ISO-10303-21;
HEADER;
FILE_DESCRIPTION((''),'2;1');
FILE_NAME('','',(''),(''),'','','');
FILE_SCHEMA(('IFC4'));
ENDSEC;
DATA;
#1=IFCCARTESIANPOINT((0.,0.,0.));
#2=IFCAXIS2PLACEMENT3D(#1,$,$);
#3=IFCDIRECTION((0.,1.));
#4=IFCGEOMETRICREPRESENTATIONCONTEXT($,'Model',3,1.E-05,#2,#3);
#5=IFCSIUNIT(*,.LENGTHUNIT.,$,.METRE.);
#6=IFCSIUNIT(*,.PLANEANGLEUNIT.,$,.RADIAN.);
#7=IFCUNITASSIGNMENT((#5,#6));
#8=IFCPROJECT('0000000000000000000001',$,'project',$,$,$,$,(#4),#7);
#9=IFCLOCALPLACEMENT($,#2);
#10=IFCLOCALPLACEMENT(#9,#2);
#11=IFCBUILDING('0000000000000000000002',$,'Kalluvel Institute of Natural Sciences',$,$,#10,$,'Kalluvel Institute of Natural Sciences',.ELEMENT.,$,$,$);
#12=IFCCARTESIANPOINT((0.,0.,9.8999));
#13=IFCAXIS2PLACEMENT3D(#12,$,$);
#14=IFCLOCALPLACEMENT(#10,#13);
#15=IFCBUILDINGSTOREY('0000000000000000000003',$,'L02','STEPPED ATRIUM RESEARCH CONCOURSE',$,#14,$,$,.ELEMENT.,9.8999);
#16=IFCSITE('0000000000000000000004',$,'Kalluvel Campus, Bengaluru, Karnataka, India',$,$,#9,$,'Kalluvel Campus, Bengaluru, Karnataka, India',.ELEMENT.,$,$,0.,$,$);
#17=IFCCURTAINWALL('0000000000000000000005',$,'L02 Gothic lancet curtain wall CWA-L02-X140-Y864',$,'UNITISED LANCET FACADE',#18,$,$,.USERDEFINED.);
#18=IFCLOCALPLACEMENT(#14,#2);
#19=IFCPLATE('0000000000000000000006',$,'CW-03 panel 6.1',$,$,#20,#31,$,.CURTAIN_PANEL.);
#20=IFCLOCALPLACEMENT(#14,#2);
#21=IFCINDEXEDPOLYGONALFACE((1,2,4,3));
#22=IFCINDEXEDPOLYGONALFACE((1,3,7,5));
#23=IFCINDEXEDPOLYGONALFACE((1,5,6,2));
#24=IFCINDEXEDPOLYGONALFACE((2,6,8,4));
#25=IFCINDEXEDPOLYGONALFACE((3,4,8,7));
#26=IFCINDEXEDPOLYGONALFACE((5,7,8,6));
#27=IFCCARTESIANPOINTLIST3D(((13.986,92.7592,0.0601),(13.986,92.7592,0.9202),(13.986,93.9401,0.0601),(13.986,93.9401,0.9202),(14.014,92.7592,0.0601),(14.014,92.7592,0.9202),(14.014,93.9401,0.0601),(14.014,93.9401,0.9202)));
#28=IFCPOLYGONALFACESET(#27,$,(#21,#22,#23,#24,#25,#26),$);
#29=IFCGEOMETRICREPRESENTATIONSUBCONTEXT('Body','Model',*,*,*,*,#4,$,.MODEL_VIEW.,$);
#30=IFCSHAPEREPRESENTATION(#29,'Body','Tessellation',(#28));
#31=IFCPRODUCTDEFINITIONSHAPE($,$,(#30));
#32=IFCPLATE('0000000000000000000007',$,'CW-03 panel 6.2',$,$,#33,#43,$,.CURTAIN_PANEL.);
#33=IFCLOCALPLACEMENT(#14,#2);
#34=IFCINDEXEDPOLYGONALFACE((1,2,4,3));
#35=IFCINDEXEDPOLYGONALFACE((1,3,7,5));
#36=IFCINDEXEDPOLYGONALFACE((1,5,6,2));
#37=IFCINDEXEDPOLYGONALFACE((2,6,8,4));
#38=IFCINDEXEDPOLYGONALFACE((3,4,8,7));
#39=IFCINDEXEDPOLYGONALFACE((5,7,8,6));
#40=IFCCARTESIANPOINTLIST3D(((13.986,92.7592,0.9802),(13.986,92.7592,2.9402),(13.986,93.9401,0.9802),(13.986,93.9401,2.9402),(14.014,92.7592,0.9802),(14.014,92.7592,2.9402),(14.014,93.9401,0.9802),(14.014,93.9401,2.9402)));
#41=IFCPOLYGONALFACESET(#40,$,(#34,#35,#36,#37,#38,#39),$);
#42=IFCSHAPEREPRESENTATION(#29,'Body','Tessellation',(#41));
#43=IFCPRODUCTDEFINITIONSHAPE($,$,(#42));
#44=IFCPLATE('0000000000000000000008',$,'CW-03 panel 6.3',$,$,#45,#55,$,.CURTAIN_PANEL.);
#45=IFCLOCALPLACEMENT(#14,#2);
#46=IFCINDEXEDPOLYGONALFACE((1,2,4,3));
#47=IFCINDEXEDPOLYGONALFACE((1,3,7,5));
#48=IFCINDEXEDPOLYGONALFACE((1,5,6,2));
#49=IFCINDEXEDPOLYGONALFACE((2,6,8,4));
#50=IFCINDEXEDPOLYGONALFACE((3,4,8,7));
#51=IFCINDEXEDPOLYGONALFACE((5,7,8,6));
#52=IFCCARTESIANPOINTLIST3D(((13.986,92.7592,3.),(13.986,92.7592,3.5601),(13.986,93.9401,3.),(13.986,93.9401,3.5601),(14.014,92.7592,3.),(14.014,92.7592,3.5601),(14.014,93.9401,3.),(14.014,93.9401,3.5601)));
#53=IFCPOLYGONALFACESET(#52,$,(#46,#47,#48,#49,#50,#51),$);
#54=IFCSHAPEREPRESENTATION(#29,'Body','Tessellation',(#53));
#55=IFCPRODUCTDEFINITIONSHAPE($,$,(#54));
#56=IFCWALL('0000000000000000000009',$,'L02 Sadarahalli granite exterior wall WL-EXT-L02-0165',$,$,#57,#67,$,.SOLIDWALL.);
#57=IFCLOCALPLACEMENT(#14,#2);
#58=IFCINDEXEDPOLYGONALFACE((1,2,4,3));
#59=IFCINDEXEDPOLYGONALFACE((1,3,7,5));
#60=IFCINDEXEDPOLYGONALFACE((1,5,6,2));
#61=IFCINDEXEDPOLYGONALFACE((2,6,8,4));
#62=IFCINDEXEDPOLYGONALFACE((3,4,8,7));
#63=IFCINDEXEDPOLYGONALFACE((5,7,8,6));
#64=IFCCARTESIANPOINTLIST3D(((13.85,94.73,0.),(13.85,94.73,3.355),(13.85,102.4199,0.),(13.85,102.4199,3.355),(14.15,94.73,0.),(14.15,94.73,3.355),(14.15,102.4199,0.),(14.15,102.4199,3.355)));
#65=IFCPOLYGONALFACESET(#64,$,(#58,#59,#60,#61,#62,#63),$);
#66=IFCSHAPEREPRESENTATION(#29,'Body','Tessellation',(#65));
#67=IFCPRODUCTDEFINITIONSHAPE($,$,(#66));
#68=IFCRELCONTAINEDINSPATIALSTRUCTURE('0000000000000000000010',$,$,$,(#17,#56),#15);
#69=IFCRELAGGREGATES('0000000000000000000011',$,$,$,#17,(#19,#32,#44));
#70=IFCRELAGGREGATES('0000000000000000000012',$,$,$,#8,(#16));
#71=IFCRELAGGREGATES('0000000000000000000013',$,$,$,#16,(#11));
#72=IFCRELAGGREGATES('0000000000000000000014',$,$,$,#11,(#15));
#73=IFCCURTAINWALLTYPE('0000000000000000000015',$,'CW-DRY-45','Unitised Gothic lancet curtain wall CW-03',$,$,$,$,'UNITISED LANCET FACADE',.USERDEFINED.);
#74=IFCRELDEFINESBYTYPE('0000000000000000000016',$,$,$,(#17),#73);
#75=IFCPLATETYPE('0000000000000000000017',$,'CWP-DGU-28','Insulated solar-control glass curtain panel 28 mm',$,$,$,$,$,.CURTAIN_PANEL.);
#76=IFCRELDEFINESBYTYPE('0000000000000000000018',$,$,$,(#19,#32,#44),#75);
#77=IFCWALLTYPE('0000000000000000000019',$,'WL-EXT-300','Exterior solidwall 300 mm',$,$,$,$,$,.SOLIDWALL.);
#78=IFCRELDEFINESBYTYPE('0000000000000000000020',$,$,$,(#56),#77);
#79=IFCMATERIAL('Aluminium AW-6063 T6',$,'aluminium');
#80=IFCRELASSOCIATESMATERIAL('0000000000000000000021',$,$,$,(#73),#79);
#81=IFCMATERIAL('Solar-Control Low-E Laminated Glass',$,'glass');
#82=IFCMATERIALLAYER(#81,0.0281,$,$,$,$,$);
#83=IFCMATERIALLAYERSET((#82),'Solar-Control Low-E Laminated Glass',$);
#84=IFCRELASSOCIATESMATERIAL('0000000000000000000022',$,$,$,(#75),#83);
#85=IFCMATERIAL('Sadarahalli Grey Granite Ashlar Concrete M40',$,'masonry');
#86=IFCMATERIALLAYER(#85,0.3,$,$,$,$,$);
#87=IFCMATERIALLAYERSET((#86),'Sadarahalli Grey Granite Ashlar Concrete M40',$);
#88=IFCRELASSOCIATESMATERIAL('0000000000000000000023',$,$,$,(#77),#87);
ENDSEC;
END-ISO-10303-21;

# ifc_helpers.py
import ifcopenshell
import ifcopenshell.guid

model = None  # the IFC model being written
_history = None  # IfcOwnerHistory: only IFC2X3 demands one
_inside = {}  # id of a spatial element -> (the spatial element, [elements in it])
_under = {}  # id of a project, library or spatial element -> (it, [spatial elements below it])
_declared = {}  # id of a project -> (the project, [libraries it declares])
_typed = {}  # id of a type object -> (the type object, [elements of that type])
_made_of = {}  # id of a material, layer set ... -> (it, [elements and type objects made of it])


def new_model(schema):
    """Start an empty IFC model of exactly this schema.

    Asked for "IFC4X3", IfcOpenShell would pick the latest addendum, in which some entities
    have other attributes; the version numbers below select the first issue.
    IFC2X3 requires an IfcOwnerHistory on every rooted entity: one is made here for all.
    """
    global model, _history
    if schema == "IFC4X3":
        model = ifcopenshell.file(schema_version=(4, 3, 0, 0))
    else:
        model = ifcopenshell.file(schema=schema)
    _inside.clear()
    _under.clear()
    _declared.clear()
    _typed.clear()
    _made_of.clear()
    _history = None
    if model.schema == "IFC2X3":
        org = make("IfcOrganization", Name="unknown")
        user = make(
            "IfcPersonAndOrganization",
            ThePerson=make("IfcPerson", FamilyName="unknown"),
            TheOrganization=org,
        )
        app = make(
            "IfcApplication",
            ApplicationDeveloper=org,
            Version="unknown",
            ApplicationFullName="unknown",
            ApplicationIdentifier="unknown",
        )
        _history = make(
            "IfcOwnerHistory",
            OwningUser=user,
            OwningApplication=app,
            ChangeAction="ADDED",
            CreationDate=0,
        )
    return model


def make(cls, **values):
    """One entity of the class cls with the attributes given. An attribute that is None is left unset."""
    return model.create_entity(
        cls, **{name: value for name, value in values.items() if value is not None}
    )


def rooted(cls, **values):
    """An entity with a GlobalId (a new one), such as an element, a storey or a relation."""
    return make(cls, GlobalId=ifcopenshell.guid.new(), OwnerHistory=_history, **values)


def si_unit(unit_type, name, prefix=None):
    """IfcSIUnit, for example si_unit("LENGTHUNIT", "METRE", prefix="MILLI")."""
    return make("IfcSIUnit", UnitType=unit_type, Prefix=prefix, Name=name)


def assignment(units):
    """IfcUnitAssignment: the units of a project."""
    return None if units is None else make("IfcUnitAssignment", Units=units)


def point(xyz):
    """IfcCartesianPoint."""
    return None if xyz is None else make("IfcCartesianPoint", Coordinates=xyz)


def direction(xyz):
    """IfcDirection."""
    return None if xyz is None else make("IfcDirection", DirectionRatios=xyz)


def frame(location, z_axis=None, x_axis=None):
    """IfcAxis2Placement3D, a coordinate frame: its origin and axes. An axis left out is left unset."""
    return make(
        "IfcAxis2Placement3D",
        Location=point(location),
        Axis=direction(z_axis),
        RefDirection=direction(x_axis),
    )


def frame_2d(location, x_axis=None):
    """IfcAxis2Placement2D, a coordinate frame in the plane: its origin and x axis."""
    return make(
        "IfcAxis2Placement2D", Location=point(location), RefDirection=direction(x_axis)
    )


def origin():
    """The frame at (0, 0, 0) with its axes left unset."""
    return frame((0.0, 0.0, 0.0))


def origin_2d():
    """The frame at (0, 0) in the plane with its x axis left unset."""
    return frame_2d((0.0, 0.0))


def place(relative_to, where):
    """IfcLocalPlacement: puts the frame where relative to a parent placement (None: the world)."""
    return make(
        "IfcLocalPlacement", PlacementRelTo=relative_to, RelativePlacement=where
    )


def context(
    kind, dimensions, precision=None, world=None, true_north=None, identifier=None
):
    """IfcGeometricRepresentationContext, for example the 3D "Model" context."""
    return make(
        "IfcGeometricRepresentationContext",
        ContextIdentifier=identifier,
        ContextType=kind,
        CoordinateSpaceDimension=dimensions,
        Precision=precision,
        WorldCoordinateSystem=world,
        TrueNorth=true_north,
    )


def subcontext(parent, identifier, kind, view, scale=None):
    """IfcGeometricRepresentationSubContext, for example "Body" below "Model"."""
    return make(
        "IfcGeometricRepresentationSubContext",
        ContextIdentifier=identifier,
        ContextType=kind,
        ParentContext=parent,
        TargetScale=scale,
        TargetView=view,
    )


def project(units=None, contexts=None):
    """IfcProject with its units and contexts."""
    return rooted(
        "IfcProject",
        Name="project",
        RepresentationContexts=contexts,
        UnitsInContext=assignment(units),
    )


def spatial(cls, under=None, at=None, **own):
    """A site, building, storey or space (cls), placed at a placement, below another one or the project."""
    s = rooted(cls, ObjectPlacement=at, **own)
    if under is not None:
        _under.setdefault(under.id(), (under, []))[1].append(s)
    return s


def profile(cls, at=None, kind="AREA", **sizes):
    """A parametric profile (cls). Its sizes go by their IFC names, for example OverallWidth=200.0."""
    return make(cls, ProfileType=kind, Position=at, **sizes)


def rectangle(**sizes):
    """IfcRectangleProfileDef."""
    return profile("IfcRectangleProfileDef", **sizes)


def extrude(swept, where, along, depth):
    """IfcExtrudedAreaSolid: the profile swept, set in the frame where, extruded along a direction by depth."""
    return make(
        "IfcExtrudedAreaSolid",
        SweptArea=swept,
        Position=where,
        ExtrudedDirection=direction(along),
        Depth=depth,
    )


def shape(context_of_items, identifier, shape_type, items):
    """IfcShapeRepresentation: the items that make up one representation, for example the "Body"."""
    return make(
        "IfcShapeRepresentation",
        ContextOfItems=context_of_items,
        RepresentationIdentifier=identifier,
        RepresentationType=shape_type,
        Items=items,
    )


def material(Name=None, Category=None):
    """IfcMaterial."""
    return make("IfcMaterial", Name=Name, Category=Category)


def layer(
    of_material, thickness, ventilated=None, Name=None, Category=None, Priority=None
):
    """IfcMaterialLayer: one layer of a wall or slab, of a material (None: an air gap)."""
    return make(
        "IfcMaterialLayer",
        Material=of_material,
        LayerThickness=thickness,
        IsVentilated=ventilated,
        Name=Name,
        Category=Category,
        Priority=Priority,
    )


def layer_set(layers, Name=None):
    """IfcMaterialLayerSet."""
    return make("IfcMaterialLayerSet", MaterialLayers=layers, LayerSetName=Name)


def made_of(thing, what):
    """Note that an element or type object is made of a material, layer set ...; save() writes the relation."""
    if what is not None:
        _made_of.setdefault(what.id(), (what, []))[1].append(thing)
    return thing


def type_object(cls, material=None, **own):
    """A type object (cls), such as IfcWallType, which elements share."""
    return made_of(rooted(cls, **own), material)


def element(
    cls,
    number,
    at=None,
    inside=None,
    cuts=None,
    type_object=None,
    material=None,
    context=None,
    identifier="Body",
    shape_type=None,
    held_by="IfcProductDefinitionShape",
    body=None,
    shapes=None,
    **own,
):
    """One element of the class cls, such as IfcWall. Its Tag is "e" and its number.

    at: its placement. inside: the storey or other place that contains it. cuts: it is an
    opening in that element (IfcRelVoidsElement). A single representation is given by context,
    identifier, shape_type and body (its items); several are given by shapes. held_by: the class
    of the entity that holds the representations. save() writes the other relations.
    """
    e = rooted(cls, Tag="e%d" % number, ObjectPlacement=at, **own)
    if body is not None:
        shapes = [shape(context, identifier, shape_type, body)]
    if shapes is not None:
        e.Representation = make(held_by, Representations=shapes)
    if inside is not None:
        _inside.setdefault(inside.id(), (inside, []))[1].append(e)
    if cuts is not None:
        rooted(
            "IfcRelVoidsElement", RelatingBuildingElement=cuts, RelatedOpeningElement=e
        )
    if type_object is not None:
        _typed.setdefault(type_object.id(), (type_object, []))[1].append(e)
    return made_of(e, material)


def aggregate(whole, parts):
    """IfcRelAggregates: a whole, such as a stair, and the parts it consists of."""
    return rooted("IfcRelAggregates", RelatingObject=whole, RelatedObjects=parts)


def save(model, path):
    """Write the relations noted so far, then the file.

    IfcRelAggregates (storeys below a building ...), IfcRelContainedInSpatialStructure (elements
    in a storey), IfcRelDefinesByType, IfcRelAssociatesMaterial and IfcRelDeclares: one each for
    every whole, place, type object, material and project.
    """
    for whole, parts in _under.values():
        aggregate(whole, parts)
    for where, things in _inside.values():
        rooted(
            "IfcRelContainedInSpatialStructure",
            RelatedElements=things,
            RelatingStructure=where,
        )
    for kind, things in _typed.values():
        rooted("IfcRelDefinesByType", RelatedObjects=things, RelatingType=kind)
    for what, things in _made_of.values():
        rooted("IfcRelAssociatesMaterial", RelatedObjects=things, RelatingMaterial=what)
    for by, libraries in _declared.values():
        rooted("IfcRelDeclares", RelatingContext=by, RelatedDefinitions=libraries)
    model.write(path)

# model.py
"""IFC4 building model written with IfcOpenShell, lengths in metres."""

from ifc_helpers import new_model, si_unit, direction, frame, frame_2d, origin, origin_2d, place, context, subcontext, project, spatial, rectangle, extrude, material, layer, layer_set, type_object, element, aggregate, save


model = new_model("IFC4")

# Units and contexts
model_context = context("Model", 3, precision=1e-05, world=origin(), true_north=direction((0.0, 1.0)))
body_context = subcontext(model_context, "Body", "Model", "MODEL_VIEW")
ifc_project = project(units=[si_unit("LENGTHUNIT", "METRE"), si_unit("PLANEANGLEUNIT", "RADIAN")], contexts=[model_context])

# Site, building, storey
site_placement = place(None, origin())
site = spatial("IfcSite", under=ifc_project, at=site_placement, Name="Kalluvel Campus, Bengaluru, Karnataka, India", LongName="Kalluvel Campus, Bengaluru, Karnataka, India", CompositionType="ELEMENT", RefElevation=0.0)
building_placement = place(site_placement, origin())
building = spatial("IfcBuilding", under=site, at=building_placement, Name="Kalluvel Institute of Natural Sciences", LongName="Kalluvel Institute of Natural Sciences", CompositionType="ELEMENT")
storey_placement = place(building_placement, frame((0.0, 0.0, 9.8999)))
storey = spatial("IfcBuildingStorey", under=building, at=storey_placement, Name="L02", Description="STEPPED ATRIUM RESEARCH CONCOURSE", CompositionType="ELEMENT", Elevation=9.8999)

# Curtain wall
ifc_material_1 = material(Name="Aluminium AW-6063 T6", Category="aluminium")
curtain_wall_type = type_object("IfcCurtainWallType", Name="CW-DRY-45", Description="Unitised Gothic lancet curtain wall CW-03", ElementType="UNITISED LANCET FACADE", PredefinedType="USERDEFINED", material=ifc_material_1)
curtain_wall_placement = place(storey_placement, origin())
curtain_wall = element("IfcCurtainWall", 1, at=curtain_wall_placement, inside=storey, type_object=curtain_wall_type, Name="L02 Gothic lancet curtain wall CWA-L02-X140-Y864", ObjectType="UNITISED LANCET FACADE", PredefinedType="USERDEFINED")

# Plates
ifc_material_2 = material(Name="Solar-Control Low-E Laminated Glass", Category="glass")
ifc_layer_1 = layer(ifc_material_2, 0.0281)
ifc_layer_set_1 = layer_set([ifc_layer_1], Name="Solar-Control Low-E Laminated Glass")
plate_type = type_object("IfcPlateType", Name="CWP-DGU-28", Description="Insulated solar-control glass curtain panel 28 mm", PredefinedType="CURTAIN_PANEL", material=ifc_layer_set_1)
plate_1_placement = place(storey_placement, frame((14.0, 93.3496, 0.0601), z_axis=(0.0, 0.0, 1.0), x_axis=(0.0, 1.0, 0.0)))
plate_1 = element("IfcPlate", 2, at=plate_1_placement, type_object=plate_type, Name="CW-03 panel 6.1", PredefinedType="CURTAIN_PANEL", context=body_context, shape_type="SweptSolid", body=[
    extrude(rectangle(XDim=1.1809, YDim=0.0281, at=origin_2d()), origin(), (0.0, 0.0, 1.0), 0.8601),
])
plate_2_placement = place(storey_placement, frame((14.0, 93.3496, 0.9802), z_axis=(0.0, 0.0, 1.0), x_axis=(0.0, 1.0, 0.0)))
plate_2 = element("IfcPlate", 3, at=plate_2_placement, type_object=plate_type, Name="CW-03 panel 6.2", PredefinedType="CURTAIN_PANEL", context=body_context, shape_type="SweptSolid", body=[
    extrude(rectangle(XDim=1.1809, YDim=0.0281, at=origin_2d()), origin(), (0.0, 0.0, 1.0), 1.96),
])
plate_3_placement = place(storey_placement, frame((14.0, 93.3496, 3.0), z_axis=(0.0, 0.0, 1.0), x_axis=(0.0, 1.0, 0.0)))
plate_3 = element("IfcPlate", 4, at=plate_3_placement, type_object=plate_type, Name="CW-03 panel 6.3", PredefinedType="CURTAIN_PANEL", context=body_context, shape_type="SweptSolid", body=[
    extrude(rectangle(XDim=1.1809, YDim=0.0281, at=origin_2d()), origin(), (0.0, 0.0, 1.0), 0.5601),
])
aggregate(curtain_wall, [plate_1, plate_2, plate_3])

# Wall
ifc_material_3 = material(Name="Sadarahalli Grey Granite Ashlar Concrete M40", Category="masonry")
ifc_layer_2 = layer(ifc_material_3, 0.3)
ifc_layer_set_2 = layer_set([ifc_layer_2], Name="Sadarahalli Grey Granite Ashlar Concrete M40")
wall_type = type_object("IfcWallType", Name="WL-EXT-300", Description="Exterior solidwall 300 mm", PredefinedType="SOLIDWALL", material=ifc_layer_set_2)
wall_placement = place(storey_placement, frame((14.0, 94.73, 0.0), z_axis=(0.0, 0.0, 1.0), x_axis=(0.0, 1.0, 0.0)))
element("IfcWall", 5, at=wall_placement, inside=storey, type_object=wall_type, Name="L02 Sadarahalli granite exterior wall WL-EXT-L02-0165", PredefinedType="SOLIDWALL", context=body_context, shape_type="SweptSolid", body=[
    extrude(rectangle(XDim=7.6899, YDim=0.3, at=frame_2d((3.845, 0.0))), origin(), (0.0, 0.0, 1.0), 3.355),
])

save(model, "model.ifc")
